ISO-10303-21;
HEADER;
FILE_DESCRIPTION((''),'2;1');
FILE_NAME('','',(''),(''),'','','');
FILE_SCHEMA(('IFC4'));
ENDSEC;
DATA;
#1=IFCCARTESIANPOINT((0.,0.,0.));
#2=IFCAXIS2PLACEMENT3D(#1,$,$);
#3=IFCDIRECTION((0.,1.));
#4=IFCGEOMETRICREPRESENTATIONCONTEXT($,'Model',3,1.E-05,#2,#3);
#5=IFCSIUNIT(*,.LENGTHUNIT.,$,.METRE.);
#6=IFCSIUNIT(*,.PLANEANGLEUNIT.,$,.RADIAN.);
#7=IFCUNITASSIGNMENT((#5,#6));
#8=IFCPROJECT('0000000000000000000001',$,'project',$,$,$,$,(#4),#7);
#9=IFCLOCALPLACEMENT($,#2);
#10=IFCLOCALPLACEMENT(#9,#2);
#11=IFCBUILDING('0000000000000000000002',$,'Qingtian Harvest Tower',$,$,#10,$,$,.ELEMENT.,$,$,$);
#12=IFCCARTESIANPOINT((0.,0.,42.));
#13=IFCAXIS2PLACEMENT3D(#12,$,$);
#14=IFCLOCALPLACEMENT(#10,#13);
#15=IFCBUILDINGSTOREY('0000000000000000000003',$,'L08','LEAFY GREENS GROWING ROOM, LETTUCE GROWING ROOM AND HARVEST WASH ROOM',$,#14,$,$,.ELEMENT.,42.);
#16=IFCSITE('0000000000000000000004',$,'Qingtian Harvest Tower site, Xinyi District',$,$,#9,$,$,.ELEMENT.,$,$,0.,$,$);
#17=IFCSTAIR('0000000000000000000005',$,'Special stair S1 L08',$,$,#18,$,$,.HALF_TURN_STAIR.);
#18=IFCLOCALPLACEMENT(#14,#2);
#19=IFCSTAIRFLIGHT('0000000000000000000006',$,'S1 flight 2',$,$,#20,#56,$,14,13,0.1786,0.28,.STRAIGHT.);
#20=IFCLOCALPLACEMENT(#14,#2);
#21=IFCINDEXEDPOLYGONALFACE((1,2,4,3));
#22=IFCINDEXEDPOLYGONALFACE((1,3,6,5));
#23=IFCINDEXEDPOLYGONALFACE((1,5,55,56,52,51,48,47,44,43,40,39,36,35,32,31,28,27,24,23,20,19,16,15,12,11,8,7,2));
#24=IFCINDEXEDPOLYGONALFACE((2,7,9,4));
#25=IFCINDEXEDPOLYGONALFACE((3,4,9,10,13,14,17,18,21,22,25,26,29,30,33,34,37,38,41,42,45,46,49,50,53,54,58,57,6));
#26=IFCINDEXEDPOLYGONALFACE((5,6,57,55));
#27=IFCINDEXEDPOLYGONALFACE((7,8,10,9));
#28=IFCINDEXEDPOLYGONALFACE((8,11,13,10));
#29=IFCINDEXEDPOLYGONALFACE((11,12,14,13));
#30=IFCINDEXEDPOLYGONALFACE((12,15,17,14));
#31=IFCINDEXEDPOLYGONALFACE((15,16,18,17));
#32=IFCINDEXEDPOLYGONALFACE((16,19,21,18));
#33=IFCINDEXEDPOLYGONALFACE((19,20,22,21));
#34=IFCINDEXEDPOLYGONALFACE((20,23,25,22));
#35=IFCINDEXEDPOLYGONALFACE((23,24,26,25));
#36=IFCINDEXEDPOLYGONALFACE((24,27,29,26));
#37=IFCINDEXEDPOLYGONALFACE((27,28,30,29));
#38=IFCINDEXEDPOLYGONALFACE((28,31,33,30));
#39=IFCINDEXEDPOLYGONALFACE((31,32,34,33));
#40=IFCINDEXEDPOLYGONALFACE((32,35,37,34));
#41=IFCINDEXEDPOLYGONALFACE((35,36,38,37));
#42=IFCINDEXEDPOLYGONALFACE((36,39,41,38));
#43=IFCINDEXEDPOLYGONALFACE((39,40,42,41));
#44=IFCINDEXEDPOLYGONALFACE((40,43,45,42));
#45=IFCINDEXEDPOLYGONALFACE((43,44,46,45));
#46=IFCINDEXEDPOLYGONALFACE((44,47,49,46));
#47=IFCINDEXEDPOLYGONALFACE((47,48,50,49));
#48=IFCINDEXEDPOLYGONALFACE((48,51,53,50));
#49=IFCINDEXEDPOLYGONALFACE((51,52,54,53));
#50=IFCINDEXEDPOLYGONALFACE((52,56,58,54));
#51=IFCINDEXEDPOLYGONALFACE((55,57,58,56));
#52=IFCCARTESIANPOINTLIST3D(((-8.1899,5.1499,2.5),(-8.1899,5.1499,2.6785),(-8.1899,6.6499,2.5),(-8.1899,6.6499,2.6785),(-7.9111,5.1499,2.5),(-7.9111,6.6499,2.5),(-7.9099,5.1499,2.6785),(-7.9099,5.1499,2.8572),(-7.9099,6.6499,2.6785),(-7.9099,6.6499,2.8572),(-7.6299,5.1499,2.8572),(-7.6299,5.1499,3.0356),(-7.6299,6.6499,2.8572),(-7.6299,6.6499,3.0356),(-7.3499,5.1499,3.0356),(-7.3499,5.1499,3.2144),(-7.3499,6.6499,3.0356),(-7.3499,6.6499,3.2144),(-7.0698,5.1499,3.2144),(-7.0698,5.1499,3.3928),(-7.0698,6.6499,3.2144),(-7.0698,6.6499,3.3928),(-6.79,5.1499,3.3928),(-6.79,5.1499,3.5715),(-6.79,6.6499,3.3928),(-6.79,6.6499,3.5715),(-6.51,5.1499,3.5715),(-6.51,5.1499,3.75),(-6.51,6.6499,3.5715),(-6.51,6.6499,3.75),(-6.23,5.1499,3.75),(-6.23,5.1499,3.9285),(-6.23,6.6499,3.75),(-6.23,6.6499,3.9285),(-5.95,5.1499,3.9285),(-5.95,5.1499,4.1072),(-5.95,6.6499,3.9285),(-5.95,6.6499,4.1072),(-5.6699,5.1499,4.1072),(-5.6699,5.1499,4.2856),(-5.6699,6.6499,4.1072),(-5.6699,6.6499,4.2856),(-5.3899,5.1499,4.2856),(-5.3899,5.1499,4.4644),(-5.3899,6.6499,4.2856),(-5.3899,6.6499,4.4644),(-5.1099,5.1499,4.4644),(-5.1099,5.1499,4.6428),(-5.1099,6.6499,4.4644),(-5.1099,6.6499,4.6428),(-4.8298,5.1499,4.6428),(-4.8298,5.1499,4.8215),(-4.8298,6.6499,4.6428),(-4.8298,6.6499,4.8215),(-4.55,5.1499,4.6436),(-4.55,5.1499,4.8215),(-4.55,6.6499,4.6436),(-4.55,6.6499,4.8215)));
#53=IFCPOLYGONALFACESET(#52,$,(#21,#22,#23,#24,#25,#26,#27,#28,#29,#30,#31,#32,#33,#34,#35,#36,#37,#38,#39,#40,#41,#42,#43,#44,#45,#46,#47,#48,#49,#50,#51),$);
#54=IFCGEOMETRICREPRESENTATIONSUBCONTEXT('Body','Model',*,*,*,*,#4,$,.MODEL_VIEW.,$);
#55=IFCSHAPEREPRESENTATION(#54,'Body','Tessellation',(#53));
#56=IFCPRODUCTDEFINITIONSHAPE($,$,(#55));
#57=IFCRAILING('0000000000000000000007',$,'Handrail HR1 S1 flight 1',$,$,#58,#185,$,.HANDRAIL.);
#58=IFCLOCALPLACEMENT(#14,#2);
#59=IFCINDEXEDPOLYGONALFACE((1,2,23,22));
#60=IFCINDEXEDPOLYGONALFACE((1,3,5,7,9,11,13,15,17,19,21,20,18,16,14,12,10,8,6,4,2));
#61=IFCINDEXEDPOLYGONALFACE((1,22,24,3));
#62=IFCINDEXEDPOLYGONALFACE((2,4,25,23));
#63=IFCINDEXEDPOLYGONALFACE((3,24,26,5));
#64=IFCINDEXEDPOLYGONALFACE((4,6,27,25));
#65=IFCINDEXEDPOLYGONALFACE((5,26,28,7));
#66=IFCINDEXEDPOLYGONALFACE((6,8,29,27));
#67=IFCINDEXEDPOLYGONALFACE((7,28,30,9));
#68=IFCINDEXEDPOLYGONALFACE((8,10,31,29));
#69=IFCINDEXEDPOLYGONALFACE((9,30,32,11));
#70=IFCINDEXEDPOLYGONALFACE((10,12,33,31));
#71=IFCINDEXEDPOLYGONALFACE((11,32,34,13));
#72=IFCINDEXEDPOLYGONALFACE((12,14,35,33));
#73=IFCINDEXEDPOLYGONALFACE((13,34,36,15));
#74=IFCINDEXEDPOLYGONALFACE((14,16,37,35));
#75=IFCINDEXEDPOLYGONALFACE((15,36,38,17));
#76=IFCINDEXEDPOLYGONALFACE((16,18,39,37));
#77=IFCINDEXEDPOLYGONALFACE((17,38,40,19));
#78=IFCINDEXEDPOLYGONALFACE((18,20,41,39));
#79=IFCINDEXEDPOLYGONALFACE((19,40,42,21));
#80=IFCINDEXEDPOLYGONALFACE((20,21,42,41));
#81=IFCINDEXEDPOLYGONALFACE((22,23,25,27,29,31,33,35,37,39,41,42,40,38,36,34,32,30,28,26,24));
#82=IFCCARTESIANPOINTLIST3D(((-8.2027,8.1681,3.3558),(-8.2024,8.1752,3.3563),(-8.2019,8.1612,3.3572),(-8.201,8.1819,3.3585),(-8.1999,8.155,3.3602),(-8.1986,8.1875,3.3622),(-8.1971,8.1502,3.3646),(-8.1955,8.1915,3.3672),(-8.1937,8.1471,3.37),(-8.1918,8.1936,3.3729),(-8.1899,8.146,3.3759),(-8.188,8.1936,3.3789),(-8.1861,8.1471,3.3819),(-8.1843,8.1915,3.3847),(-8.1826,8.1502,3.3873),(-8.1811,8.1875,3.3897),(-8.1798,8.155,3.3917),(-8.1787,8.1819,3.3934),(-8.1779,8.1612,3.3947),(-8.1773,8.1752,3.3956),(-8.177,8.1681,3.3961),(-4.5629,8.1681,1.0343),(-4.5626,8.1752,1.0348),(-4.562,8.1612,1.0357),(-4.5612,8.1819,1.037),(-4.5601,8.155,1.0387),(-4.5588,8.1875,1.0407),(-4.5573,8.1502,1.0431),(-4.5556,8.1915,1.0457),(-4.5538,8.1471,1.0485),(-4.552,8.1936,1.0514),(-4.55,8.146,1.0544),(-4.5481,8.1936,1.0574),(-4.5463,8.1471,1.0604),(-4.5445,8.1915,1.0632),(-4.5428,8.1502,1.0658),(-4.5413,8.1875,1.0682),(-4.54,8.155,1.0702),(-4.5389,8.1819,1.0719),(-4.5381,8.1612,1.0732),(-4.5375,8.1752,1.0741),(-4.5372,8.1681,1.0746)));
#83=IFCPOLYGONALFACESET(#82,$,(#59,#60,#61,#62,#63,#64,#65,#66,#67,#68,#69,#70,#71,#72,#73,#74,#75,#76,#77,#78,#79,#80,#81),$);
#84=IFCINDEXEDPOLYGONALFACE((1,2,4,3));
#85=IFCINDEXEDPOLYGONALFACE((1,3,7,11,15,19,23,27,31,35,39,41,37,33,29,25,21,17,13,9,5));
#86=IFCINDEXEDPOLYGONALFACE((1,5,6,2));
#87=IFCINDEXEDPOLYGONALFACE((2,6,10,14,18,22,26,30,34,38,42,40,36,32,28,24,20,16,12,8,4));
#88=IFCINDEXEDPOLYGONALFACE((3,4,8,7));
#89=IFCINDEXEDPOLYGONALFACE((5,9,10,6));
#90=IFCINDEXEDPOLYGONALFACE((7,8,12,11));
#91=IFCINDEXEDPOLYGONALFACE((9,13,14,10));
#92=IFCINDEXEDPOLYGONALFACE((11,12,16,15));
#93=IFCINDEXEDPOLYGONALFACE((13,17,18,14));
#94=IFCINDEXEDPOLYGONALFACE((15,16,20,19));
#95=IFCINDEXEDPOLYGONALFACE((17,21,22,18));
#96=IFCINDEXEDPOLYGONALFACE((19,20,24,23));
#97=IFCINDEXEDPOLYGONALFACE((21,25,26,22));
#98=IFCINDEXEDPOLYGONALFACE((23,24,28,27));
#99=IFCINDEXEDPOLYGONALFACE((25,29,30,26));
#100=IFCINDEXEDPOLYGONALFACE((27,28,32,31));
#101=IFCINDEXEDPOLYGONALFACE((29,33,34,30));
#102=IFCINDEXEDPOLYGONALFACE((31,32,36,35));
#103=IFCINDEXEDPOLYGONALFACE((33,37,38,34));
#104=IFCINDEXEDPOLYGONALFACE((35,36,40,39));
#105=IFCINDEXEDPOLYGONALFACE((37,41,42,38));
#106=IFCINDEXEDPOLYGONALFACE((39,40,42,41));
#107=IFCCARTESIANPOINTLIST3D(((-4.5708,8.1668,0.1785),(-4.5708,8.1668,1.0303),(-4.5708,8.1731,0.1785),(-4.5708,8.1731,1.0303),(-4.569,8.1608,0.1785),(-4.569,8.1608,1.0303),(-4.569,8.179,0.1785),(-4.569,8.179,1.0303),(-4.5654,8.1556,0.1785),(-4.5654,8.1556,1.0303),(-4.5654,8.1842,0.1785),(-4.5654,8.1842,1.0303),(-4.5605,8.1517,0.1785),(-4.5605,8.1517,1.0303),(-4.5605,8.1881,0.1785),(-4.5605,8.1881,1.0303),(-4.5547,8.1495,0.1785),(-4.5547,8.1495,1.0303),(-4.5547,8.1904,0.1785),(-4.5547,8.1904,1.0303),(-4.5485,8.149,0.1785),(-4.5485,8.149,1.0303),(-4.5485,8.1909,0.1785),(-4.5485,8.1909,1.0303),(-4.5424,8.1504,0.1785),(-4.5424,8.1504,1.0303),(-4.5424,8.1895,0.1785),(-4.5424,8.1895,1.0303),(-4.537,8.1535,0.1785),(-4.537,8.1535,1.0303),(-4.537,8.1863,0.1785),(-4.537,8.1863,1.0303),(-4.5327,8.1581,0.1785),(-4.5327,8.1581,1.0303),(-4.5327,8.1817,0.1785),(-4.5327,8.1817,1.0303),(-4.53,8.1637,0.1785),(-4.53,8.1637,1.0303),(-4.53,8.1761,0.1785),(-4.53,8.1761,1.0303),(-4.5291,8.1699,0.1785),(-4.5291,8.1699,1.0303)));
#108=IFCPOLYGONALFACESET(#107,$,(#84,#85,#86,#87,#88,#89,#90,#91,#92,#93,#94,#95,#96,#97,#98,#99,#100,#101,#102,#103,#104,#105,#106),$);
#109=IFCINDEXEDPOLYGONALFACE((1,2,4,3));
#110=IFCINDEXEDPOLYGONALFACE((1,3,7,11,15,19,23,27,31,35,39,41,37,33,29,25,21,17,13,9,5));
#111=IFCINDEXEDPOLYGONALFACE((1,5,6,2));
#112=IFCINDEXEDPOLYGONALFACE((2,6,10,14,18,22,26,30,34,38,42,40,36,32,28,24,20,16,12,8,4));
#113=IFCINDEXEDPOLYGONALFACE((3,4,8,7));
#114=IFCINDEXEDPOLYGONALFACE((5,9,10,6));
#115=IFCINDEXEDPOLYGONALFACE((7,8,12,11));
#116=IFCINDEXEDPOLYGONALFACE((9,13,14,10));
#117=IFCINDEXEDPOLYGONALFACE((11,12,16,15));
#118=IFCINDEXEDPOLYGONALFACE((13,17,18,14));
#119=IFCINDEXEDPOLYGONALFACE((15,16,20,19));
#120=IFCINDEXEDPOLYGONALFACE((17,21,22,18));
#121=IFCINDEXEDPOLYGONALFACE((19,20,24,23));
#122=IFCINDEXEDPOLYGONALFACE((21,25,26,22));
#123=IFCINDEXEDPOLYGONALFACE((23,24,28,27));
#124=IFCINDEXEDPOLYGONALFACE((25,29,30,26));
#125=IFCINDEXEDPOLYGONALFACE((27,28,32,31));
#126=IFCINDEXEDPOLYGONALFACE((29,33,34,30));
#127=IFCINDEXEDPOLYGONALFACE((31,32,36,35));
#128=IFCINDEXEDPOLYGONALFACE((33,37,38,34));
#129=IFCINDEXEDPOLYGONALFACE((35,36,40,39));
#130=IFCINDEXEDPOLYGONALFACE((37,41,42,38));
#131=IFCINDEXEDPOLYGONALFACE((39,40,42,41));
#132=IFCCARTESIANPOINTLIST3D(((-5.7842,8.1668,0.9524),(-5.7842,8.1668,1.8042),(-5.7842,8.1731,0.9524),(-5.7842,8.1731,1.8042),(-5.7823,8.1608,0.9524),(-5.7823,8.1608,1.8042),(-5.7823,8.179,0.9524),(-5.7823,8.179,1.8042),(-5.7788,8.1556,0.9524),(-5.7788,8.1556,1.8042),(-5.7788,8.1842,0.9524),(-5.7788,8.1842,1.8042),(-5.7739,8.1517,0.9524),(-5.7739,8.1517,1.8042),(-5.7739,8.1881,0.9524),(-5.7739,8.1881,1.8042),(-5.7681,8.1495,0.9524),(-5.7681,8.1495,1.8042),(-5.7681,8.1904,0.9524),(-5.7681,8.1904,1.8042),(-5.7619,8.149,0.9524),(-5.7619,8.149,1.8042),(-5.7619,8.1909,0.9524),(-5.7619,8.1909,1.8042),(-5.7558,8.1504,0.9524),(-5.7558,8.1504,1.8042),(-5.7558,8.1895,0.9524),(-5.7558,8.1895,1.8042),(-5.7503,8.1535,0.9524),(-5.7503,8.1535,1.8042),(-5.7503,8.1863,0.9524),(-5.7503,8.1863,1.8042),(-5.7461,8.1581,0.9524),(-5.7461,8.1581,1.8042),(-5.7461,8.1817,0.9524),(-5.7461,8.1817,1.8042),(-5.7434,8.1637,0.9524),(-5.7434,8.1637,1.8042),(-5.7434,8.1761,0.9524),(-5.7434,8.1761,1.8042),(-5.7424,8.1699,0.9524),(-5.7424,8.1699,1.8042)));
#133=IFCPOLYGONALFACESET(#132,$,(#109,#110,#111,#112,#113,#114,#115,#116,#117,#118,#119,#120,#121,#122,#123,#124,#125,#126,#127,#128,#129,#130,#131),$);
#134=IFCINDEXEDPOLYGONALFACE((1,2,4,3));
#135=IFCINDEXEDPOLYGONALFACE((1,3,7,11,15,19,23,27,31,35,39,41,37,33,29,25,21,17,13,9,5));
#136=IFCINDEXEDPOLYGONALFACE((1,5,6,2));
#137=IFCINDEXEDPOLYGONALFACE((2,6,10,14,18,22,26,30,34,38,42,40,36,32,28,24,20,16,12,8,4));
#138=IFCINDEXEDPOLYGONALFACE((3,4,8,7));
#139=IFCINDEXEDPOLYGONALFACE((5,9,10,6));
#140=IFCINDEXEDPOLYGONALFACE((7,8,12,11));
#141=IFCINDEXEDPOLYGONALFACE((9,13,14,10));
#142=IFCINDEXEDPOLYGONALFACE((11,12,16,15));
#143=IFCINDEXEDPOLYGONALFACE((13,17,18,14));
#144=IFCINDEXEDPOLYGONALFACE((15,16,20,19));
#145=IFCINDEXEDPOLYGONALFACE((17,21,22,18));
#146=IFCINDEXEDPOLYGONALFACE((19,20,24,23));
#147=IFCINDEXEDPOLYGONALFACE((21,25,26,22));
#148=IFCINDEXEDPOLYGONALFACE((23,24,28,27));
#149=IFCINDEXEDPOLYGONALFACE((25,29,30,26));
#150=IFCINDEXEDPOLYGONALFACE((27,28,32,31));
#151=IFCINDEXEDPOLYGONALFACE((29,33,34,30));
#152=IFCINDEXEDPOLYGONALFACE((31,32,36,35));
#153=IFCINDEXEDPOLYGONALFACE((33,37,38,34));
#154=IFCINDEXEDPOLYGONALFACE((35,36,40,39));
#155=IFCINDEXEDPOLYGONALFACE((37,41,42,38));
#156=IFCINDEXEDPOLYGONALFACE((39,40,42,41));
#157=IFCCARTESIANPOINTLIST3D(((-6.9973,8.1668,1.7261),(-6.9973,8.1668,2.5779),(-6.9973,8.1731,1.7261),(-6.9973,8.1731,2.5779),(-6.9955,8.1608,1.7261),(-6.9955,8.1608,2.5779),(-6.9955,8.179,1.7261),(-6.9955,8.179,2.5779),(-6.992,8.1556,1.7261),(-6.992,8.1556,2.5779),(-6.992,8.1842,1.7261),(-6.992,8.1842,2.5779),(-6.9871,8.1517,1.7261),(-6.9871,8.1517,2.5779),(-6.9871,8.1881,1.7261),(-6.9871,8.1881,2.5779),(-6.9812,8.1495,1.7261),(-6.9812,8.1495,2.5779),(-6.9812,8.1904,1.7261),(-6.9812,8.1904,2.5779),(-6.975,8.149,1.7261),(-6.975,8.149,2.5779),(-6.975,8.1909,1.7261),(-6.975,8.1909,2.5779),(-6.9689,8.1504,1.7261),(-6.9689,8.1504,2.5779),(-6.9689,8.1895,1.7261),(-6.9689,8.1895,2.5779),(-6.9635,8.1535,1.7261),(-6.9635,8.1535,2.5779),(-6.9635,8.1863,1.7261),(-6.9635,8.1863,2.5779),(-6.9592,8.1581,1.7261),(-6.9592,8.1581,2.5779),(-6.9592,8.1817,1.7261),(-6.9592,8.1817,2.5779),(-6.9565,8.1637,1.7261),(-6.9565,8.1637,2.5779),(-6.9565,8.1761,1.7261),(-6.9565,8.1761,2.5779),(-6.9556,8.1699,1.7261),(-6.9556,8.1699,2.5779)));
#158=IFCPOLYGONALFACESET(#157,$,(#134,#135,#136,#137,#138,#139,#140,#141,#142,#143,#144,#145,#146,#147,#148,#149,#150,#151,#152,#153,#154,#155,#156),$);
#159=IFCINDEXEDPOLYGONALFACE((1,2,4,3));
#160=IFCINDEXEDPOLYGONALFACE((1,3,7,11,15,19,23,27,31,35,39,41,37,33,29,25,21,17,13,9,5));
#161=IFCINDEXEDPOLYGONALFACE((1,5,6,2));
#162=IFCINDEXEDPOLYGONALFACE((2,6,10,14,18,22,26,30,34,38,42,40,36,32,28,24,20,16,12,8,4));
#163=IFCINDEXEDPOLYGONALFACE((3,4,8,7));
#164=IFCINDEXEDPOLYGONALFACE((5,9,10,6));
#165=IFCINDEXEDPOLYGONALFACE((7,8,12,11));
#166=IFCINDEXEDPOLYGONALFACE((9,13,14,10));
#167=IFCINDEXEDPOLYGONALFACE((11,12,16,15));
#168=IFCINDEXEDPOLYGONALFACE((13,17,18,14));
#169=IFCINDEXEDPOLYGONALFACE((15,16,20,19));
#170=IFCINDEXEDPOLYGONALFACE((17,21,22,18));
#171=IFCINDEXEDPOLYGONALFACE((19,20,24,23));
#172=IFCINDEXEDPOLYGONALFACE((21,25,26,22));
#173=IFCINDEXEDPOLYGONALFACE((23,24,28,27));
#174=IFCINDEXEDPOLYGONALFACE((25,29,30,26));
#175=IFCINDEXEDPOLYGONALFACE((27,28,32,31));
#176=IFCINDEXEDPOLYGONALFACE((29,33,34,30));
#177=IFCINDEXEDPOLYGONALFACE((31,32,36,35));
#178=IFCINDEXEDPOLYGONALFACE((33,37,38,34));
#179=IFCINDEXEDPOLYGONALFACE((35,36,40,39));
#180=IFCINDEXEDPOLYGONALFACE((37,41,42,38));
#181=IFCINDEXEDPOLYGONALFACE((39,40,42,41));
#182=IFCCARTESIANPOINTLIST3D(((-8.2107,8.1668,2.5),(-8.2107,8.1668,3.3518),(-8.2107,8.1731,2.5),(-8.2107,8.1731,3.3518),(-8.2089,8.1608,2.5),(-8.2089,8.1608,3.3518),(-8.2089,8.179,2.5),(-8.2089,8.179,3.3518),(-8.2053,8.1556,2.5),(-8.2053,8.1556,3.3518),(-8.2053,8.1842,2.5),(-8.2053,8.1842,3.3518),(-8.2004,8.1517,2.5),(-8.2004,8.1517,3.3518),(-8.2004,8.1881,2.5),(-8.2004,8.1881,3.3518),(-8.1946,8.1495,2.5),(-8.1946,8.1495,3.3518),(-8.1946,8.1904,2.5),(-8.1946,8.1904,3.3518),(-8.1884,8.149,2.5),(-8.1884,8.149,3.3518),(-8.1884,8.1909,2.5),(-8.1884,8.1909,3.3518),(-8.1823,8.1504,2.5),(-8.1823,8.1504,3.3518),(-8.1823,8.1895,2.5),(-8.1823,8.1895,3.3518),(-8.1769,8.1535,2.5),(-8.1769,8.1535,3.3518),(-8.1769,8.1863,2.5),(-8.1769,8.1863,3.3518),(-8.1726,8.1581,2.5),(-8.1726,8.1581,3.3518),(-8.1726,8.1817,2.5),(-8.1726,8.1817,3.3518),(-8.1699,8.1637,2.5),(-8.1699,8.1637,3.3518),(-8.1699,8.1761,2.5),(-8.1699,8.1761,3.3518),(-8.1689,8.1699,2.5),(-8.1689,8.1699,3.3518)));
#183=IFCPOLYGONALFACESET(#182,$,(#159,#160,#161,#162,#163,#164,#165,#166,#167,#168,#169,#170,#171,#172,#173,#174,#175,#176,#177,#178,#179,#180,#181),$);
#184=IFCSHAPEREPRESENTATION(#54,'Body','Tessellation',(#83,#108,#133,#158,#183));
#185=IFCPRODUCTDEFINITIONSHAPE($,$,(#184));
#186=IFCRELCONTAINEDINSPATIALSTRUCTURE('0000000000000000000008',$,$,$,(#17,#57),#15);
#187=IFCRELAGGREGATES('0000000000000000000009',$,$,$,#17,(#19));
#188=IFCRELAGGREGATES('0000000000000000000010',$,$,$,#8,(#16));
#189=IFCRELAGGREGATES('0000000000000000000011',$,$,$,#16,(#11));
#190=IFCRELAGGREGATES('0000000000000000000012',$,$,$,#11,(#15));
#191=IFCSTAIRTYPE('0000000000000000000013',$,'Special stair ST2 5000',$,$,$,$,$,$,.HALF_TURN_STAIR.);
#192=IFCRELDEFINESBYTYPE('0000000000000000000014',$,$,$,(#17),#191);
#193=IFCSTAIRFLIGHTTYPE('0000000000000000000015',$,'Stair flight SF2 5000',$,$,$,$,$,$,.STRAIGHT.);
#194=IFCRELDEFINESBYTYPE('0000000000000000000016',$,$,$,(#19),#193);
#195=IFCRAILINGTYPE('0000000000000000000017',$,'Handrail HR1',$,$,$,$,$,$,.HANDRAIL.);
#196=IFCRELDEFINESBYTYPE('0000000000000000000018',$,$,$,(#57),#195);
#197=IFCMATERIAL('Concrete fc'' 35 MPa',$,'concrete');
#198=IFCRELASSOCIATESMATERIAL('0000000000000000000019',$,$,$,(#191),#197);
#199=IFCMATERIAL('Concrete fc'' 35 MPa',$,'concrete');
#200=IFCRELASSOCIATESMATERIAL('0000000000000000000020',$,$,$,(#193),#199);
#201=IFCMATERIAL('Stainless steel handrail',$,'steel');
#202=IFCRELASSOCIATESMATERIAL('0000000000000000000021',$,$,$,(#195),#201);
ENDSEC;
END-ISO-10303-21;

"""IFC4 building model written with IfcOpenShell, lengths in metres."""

from ifc_helpers import new_model, si_unit, direction, frame, origin, origin_2d, place, context, subcontext, project, spatial, polyline, circle, outline, extrude, material, type_object, element, aggregate, save


model = new_model("IFC4")

# Units and contexts
model_context = context("Model", 3, precision=1e-05, world=origin(), true_north=direction((0.0, 1.0)))
body_context = subcontext(model_context, "Body", "Model", "MODEL_VIEW")
ifc_project = project(units=[si_unit("LENGTHUNIT", "METRE"), si_unit("PLANEANGLEUNIT", "RADIAN")], contexts=[model_context])

# Site, building, storey
site_placement = place(None, origin())
site = spatial("IfcSite", under=ifc_project, at=site_placement, Name="Qingtian Harvest Tower site, Xinyi District", CompositionType="ELEMENT", RefElevation=0.0)
building_placement = place(site_placement, origin())
building = spatial("IfcBuilding", under=site, at=building_placement, Name="Qingtian Harvest Tower", CompositionType="ELEMENT")
storey_placement = place(building_placement, frame((0.0, 0.0, 42.0)))
storey = spatial("IfcBuildingStorey", under=building, at=storey_placement, Name="L08", Description="LEAFY GREENS GROWING ROOM, LETTUCE GROWING ROOM AND HARVEST WASH ROOM", CompositionType="ELEMENT", Elevation=42.0)

# Stair, stair flight
ifc_material_1 = material(Name="Concrete fc' 35 MPa", Category="concrete")
stair_type = type_object("IfcStairType", Name="Special stair ST2 5000", PredefinedType="HALF_TURN_STAIR", material=ifc_material_1)
stair_placement = place(storey_placement, origin())
stair = element("IfcStair", 1, at=stair_placement, inside=storey, type_object=stair_type, Name="Special stair S1 L08", PredefinedType="HALF_TURN_STAIR")
ifc_material_2 = material(Name="Concrete fc' 35 MPa", Category="concrete")
stair_flight_type = type_object("IfcStairFlightType", Name="Stair flight SF2 5000", PredefinedType="STRAIGHT", material=ifc_material_2)
stair_flight_1_placement = place(storey_placement, frame((-8.1899, 5.8999, 2.5), z_axis=(0.0, 0.0, 1.0), x_axis=(1.0, 0.0, 0.0)))
stair_flight_1 = element("IfcStairFlight", 2, at=stair_flight_1_placement, type_object=stair_flight_type, Name="S1 flight 2", NumberOfRisers=14, NumberOfTreads=13, PredefinedType="STRAIGHT", RiserHeight=0.1786, TreadLength=0.28, context=body_context, shape_type="SweptSolid", body=[
    extrude(outline(polyline([(0.0, 0.0), (0.0, 0.1785), (0.28, 0.1785), (0.28, 0.3572), (0.5601, 0.3572), (0.5601, 0.5356), (0.8401, 0.5356), (0.8401, 0.7144), (1.1201, 0.7144), (1.1201, 0.8928), (1.3999, 0.8928), (1.3999, 1.0715), (1.6799, 1.0715), (1.6799, 1.25), (1.96, 1.25), (1.96, 1.4285), (2.24, 1.4285), (2.24, 1.6072), (2.52, 1.6072), (2.52, 1.7856), (2.8, 1.7856), (2.8, 1.9644), (3.0801, 1.9644), (3.0801, 2.1428), (3.3601, 2.1428), (3.3601, 2.3215), (3.6399, 2.3215), (3.6399, 2.5), (3.6399, 2.1436), (0.2788, 0.0), (0.0, 0.0)])), frame((0.0, 0.75, 0.0), z_axis=(0.0, -1.0, 0.0), x_axis=(1.0, 0.0, 0.0)), (0.0, 0.0, 1.0), 1.5),
])
aggregate(stair, [stair_flight_1])

# Railing
ifc_material_3 = material(Name="Stainless steel handrail", Category="steel")
railing_type = type_object("IfcRailingType", Name="Handrail HR1", PredefinedType="HANDRAIL", material=ifc_material_3)
railing_1_placement = place(storey_placement, frame((-4.55, 8.1699, 0.1785)))
element("IfcRailing", 3, at=railing_1_placement, inside=storey, type_object=railing_type, Name="Handrail HR1 S1 flight 1", PredefinedType="HANDRAIL", context=body_context, shape_type="SweptSolid", body=[
    extrude(circle(Radius=0.0239, at=origin_2d()), frame((0.0, 0.0, 0.876), z_axis=(-0.843112, 0.0, 0.537739), x_axis=(0.0, -1.0, 0.0)), (0.0, 0.0, 1.0), 4.3171),
    extrude(circle(Radius=0.021, at=origin_2d()), origin(), (0.0, 0.0, 1.0), 0.8518),
    extrude(circle(Radius=0.021, at=origin_2d()), frame((-1.2134, 0.0, 0.7739)), (0.0, 0.0, 1.0), 0.8518),
    extrude(circle(Radius=0.021, at=origin_2d()), frame((-2.4265, 0.0, 1.5476)), (0.0, 0.0, 1.0), 0.8518),
    extrude(circle(Radius=0.021, at=origin_2d()), frame((-3.6399, 0.0, 2.3215)), (0.0, 0.0, 1.0), 0.8518),
])

save(model, "model.ifc")
